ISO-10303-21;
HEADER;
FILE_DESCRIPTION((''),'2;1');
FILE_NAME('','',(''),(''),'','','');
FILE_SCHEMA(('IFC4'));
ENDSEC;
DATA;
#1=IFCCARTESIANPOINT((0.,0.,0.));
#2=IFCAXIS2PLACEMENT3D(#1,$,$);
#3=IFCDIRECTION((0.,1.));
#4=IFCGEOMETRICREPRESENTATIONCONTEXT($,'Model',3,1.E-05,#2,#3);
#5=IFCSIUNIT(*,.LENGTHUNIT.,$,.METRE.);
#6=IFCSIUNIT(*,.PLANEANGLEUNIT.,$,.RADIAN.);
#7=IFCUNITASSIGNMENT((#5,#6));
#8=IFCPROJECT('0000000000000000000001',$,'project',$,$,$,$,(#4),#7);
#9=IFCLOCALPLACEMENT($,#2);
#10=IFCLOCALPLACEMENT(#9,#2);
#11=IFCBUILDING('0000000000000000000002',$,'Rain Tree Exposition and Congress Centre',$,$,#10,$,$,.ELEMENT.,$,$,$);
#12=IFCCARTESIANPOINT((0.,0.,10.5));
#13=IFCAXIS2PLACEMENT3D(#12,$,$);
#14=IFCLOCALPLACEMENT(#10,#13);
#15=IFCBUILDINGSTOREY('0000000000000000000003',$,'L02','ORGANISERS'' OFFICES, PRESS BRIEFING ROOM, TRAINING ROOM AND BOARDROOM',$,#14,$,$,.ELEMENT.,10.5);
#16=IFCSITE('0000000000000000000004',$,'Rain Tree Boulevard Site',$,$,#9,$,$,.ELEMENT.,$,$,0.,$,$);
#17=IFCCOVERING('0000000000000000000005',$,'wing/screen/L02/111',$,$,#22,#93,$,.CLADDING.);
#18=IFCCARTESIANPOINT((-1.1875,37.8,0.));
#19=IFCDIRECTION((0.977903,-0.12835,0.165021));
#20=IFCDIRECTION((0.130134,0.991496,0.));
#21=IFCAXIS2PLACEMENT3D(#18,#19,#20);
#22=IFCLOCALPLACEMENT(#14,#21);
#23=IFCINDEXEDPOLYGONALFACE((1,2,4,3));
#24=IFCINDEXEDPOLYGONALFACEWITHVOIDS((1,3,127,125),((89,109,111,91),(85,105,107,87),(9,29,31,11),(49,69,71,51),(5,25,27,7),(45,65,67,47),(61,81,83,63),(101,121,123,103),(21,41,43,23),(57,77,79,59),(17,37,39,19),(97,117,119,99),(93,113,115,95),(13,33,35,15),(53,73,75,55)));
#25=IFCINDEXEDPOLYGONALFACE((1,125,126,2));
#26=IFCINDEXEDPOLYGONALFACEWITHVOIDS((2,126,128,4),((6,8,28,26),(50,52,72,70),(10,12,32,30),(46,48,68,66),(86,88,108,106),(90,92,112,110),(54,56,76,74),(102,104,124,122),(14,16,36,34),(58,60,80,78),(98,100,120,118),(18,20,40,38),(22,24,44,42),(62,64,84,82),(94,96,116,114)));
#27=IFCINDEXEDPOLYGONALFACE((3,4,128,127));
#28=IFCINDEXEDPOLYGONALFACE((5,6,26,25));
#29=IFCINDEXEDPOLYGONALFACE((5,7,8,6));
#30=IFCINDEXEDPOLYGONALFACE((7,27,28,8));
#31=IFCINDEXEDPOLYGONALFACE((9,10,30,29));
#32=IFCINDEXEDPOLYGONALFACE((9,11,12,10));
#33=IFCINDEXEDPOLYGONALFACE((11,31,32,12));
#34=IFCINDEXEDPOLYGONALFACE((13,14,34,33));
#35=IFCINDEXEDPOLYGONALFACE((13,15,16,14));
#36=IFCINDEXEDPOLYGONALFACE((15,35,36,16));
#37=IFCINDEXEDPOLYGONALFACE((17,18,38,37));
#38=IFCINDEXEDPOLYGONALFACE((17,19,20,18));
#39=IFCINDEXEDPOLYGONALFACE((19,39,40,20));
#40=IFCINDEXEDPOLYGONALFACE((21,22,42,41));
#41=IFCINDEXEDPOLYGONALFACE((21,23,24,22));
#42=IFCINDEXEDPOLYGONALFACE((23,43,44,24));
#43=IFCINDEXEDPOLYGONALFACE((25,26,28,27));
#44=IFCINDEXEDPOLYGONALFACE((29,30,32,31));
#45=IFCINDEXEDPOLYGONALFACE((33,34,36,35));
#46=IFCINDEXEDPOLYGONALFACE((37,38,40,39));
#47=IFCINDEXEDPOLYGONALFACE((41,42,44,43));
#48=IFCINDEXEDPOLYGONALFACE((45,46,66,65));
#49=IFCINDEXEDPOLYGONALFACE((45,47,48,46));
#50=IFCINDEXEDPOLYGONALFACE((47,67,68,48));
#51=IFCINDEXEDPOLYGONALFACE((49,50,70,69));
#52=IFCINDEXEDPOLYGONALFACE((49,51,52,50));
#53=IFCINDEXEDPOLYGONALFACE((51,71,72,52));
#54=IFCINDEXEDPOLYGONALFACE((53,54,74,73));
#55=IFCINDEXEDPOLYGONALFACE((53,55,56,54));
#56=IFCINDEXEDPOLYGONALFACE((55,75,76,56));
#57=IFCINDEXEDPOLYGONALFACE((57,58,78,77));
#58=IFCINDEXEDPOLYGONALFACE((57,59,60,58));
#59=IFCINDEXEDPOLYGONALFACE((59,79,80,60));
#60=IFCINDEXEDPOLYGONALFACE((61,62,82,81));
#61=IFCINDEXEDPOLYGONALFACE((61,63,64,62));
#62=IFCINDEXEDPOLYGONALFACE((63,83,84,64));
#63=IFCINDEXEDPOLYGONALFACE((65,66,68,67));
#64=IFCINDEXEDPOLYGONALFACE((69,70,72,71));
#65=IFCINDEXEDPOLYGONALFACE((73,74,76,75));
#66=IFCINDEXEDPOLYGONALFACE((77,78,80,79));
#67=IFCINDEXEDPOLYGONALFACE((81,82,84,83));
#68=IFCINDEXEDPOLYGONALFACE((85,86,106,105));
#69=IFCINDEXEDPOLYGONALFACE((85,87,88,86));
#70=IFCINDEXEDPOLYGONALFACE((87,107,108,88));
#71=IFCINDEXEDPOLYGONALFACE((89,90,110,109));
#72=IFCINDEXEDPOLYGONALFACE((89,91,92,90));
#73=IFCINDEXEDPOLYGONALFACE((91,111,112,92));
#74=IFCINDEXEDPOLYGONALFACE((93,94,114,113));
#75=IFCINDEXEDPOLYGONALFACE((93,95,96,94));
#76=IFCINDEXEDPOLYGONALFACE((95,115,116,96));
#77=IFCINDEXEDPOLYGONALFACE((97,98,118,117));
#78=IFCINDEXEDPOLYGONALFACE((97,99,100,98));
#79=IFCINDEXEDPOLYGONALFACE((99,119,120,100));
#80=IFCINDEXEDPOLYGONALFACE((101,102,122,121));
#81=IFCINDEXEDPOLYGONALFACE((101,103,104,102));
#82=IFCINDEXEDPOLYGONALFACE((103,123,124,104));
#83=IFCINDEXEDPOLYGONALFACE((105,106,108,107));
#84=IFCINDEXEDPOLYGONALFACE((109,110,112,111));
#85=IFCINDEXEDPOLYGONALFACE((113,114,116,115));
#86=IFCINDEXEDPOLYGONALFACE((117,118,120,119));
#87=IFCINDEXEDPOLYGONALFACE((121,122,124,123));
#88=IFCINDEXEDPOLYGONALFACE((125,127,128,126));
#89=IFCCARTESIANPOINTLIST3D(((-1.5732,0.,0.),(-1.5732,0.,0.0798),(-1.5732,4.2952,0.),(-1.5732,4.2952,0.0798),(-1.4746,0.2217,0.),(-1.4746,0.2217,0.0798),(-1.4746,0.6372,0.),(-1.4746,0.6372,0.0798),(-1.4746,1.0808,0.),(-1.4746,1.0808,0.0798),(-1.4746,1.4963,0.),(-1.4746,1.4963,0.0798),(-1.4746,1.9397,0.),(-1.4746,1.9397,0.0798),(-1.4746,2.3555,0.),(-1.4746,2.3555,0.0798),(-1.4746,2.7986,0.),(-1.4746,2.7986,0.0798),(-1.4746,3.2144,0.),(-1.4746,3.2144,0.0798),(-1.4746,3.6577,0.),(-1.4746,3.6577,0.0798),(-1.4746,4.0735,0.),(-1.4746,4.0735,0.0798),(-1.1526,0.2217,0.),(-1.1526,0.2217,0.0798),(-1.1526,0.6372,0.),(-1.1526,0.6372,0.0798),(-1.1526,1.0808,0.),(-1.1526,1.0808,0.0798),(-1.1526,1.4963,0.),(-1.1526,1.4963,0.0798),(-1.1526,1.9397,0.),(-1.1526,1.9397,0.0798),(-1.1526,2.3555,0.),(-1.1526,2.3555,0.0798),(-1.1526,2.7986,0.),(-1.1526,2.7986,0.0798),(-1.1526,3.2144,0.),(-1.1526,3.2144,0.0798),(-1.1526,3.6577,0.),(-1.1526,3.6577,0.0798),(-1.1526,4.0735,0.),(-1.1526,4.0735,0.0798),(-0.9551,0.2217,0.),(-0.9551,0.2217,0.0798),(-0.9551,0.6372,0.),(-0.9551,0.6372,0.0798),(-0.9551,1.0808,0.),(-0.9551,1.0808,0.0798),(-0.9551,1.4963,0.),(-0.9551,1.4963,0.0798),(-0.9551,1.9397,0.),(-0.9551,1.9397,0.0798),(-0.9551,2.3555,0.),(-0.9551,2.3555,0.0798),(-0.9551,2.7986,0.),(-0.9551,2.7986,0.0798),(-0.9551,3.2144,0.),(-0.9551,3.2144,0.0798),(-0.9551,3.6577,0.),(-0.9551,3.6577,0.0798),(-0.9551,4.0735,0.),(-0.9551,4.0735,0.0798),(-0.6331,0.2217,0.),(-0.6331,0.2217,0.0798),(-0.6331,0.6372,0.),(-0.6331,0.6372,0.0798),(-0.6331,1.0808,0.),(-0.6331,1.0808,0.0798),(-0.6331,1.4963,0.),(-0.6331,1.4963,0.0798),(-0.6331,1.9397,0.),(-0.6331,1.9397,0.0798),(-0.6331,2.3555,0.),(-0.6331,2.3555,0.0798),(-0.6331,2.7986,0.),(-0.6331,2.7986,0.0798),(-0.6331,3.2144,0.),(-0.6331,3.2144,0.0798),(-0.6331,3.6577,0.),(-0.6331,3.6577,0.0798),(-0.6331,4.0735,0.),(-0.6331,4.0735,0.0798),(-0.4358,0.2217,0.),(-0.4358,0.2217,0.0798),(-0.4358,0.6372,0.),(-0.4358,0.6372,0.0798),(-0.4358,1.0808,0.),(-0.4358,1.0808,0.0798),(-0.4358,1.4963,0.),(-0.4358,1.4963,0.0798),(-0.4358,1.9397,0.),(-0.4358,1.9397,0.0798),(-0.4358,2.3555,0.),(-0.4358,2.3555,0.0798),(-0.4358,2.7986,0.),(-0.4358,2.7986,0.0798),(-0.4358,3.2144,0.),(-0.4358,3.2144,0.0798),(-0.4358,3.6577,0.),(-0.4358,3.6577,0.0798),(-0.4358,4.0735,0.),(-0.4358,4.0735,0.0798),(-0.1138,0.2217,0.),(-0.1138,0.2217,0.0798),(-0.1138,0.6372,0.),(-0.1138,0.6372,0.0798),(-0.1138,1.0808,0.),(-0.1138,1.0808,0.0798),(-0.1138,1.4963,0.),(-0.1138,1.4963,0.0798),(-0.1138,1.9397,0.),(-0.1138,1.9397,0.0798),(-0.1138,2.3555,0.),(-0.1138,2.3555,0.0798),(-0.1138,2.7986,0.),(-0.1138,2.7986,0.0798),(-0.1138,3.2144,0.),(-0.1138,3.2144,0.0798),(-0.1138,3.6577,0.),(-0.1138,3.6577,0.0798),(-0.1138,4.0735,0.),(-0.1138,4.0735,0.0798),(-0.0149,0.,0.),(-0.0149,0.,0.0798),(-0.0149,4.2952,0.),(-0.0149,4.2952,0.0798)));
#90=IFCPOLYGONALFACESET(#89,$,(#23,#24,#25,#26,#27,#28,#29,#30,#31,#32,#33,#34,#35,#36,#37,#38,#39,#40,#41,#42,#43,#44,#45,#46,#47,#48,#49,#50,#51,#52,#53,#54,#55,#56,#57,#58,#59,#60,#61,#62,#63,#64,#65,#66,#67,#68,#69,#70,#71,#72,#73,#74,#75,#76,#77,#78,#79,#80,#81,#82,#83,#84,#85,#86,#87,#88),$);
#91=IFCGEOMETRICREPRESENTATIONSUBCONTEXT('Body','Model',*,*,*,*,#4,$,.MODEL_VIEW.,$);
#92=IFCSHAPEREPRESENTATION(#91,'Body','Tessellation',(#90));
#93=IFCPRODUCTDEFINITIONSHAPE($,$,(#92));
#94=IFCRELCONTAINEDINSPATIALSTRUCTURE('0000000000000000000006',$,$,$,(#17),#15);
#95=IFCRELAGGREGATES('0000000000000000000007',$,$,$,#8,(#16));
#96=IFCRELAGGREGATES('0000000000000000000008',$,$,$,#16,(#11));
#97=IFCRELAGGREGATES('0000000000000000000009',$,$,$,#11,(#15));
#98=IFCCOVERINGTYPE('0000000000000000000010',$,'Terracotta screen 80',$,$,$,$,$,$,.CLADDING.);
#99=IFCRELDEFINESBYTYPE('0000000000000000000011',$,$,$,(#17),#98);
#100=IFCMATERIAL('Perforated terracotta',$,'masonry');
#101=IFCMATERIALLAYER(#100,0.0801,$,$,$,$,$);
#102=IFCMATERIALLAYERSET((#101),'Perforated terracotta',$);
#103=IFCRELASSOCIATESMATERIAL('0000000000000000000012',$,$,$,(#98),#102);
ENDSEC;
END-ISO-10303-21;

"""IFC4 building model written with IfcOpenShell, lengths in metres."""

from ifc_helpers import new_model, si_unit, direction, frame, origin, place, context, subcontext, project, spatial, polyline, outline, extrude, material, layer, layer_set, type_object, element, save


model = new_model("IFC4")

# Units and contexts
model_context = context("Model", 3, precision=1e-05, world=origin(), true_north=direction((0.0, 1.0)))
body_context = subcontext(model_context, "Body", "Model", "MODEL_VIEW")
ifc_project = project(units=[si_unit("LENGTHUNIT", "METRE"), si_unit("PLANEANGLEUNIT", "RADIAN")], contexts=[model_context])

# Site, building, storey
site_placement = place(None, origin())
site = spatial("IfcSite", under=ifc_project, at=site_placement, Name="Rain Tree Boulevard Site", CompositionType="ELEMENT", RefElevation=0.0)
building_placement = place(site_placement, origin())
building = spatial("IfcBuilding", under=site, at=building_placement, Name="Rain Tree Exposition and Congress Centre", CompositionType="ELEMENT")
storey_placement = place(building_placement, frame((0.0, 0.0, 10.5)))
storey = spatial("IfcBuildingStorey", under=building, at=storey_placement, Name="L02", Description="ORGANISERS' OFFICES, PRESS BRIEFING ROOM, TRAINING ROOM AND BOARDROOM", CompositionType="ELEMENT", Elevation=10.5)

# Covering
ifc_material_1 = material(Name="Perforated terracotta", Category="masonry")
ifc_layer_1 = layer(ifc_material_1, 0.0801)
ifc_layer_set_1 = layer_set([ifc_layer_1], Name="Perforated terracotta")
covering_type = type_object("IfcCoveringType", Name="Terracotta screen 80", PredefinedType="CLADDING", material=ifc_layer_set_1)
covering_1_placement = place(storey_placement, frame((-1.1875, 37.8, 0.0), z_axis=(0.977903, -0.12835, 0.165021), x_axis=(0.130134, 0.991496, 0.0)))
element("IfcCovering", 1, at=covering_1_placement, inside=storey, type_object=covering_type, Name="wing/screen/L02/111", PredefinedType="CLADDING", context=body_context, shape_type="SweptSolid", body=[
    extrude(outline(polyline([(-1.5732, 0.0), (-1.5732, 4.2952), (-0.0149, 4.2952), (-0.0149, 0.0), (-1.5732, 0.0)]), holes=[polyline([(-0.1138, 0.2217), (-0.1138, 0.6372), (-0.4358, 0.6372), (-0.4358, 0.2217), (-0.1138, 0.2217)]), polyline([(-0.1138, 1.0808), (-0.1138, 1.4963), (-0.4358, 1.4963), (-0.4358, 1.0808), (-0.1138, 1.0808)]), polyline([(-0.1138, 1.9397), (-0.1138, 2.3555), (-0.4358, 2.3555), (-0.4358, 1.9397), (-0.1138, 1.9397)]), polyline([(-0.1138, 2.7986), (-0.1138, 3.2144), (-0.4358, 3.2144), (-0.4358, 2.7986), (-0.1138, 2.7986)]), polyline([(-0.1138, 3.6577), (-0.1138, 4.0735), (-0.4358, 4.0735), (-0.4358, 3.6577), (-0.1138, 3.6577)]), polyline([(-0.6331, 0.2217), (-0.6331, 0.6372), (-0.9551, 0.6372), (-0.9551, 0.2217), (-0.6331, 0.2217)]), polyline([(-0.6331, 1.0808), (-0.6331, 1.4963), (-0.9551, 1.4963), (-0.9551, 1.0808), (-0.6331, 1.0808)]), polyline([(-0.6331, 1.9397), (-0.6331, 2.3555), (-0.9551, 2.3555), (-0.9551, 1.9397), (-0.6331, 1.9397)]), polyline([(-0.6331, 2.7986), (-0.6331, 3.2144), (-0.9551, 3.2144), (-0.9551, 2.7986), (-0.6331, 2.7986)]), polyline([(-0.6331, 3.6577), (-0.6331, 4.0735), (-0.9551, 4.0735), (-0.9551, 3.6577), (-0.6331, 3.6577)]), polyline([(-1.1526, 0.2217), (-1.1526, 0.6372), (-1.4746, 0.6372), (-1.4746, 0.2217), (-1.1526, 0.2217)]), polyline([(-1.1526, 1.0808), (-1.1526, 1.4963), (-1.4746, 1.4963), (-1.4746, 1.0808), (-1.1526, 1.0808)]), polyline([(-1.1526, 1.9397), (-1.1526, 2.3555), (-1.4746, 2.3555), (-1.4746, 1.9397), (-1.1526, 1.9397)]), polyline([(-1.1526, 2.7986), (-1.1526, 3.2144), (-1.4746, 3.2144), (-1.4746, 2.7986), (-1.1526, 2.7986)]), polyline([(-1.1526, 3.6577), (-1.1526, 4.0735), (-1.4746, 4.0735), (-1.4746, 3.6577), (-1.1526, 3.6577)])]), origin(), (0.0, 0.0, 1.0), 0.0798),
])

save(model, "model.ifc")
